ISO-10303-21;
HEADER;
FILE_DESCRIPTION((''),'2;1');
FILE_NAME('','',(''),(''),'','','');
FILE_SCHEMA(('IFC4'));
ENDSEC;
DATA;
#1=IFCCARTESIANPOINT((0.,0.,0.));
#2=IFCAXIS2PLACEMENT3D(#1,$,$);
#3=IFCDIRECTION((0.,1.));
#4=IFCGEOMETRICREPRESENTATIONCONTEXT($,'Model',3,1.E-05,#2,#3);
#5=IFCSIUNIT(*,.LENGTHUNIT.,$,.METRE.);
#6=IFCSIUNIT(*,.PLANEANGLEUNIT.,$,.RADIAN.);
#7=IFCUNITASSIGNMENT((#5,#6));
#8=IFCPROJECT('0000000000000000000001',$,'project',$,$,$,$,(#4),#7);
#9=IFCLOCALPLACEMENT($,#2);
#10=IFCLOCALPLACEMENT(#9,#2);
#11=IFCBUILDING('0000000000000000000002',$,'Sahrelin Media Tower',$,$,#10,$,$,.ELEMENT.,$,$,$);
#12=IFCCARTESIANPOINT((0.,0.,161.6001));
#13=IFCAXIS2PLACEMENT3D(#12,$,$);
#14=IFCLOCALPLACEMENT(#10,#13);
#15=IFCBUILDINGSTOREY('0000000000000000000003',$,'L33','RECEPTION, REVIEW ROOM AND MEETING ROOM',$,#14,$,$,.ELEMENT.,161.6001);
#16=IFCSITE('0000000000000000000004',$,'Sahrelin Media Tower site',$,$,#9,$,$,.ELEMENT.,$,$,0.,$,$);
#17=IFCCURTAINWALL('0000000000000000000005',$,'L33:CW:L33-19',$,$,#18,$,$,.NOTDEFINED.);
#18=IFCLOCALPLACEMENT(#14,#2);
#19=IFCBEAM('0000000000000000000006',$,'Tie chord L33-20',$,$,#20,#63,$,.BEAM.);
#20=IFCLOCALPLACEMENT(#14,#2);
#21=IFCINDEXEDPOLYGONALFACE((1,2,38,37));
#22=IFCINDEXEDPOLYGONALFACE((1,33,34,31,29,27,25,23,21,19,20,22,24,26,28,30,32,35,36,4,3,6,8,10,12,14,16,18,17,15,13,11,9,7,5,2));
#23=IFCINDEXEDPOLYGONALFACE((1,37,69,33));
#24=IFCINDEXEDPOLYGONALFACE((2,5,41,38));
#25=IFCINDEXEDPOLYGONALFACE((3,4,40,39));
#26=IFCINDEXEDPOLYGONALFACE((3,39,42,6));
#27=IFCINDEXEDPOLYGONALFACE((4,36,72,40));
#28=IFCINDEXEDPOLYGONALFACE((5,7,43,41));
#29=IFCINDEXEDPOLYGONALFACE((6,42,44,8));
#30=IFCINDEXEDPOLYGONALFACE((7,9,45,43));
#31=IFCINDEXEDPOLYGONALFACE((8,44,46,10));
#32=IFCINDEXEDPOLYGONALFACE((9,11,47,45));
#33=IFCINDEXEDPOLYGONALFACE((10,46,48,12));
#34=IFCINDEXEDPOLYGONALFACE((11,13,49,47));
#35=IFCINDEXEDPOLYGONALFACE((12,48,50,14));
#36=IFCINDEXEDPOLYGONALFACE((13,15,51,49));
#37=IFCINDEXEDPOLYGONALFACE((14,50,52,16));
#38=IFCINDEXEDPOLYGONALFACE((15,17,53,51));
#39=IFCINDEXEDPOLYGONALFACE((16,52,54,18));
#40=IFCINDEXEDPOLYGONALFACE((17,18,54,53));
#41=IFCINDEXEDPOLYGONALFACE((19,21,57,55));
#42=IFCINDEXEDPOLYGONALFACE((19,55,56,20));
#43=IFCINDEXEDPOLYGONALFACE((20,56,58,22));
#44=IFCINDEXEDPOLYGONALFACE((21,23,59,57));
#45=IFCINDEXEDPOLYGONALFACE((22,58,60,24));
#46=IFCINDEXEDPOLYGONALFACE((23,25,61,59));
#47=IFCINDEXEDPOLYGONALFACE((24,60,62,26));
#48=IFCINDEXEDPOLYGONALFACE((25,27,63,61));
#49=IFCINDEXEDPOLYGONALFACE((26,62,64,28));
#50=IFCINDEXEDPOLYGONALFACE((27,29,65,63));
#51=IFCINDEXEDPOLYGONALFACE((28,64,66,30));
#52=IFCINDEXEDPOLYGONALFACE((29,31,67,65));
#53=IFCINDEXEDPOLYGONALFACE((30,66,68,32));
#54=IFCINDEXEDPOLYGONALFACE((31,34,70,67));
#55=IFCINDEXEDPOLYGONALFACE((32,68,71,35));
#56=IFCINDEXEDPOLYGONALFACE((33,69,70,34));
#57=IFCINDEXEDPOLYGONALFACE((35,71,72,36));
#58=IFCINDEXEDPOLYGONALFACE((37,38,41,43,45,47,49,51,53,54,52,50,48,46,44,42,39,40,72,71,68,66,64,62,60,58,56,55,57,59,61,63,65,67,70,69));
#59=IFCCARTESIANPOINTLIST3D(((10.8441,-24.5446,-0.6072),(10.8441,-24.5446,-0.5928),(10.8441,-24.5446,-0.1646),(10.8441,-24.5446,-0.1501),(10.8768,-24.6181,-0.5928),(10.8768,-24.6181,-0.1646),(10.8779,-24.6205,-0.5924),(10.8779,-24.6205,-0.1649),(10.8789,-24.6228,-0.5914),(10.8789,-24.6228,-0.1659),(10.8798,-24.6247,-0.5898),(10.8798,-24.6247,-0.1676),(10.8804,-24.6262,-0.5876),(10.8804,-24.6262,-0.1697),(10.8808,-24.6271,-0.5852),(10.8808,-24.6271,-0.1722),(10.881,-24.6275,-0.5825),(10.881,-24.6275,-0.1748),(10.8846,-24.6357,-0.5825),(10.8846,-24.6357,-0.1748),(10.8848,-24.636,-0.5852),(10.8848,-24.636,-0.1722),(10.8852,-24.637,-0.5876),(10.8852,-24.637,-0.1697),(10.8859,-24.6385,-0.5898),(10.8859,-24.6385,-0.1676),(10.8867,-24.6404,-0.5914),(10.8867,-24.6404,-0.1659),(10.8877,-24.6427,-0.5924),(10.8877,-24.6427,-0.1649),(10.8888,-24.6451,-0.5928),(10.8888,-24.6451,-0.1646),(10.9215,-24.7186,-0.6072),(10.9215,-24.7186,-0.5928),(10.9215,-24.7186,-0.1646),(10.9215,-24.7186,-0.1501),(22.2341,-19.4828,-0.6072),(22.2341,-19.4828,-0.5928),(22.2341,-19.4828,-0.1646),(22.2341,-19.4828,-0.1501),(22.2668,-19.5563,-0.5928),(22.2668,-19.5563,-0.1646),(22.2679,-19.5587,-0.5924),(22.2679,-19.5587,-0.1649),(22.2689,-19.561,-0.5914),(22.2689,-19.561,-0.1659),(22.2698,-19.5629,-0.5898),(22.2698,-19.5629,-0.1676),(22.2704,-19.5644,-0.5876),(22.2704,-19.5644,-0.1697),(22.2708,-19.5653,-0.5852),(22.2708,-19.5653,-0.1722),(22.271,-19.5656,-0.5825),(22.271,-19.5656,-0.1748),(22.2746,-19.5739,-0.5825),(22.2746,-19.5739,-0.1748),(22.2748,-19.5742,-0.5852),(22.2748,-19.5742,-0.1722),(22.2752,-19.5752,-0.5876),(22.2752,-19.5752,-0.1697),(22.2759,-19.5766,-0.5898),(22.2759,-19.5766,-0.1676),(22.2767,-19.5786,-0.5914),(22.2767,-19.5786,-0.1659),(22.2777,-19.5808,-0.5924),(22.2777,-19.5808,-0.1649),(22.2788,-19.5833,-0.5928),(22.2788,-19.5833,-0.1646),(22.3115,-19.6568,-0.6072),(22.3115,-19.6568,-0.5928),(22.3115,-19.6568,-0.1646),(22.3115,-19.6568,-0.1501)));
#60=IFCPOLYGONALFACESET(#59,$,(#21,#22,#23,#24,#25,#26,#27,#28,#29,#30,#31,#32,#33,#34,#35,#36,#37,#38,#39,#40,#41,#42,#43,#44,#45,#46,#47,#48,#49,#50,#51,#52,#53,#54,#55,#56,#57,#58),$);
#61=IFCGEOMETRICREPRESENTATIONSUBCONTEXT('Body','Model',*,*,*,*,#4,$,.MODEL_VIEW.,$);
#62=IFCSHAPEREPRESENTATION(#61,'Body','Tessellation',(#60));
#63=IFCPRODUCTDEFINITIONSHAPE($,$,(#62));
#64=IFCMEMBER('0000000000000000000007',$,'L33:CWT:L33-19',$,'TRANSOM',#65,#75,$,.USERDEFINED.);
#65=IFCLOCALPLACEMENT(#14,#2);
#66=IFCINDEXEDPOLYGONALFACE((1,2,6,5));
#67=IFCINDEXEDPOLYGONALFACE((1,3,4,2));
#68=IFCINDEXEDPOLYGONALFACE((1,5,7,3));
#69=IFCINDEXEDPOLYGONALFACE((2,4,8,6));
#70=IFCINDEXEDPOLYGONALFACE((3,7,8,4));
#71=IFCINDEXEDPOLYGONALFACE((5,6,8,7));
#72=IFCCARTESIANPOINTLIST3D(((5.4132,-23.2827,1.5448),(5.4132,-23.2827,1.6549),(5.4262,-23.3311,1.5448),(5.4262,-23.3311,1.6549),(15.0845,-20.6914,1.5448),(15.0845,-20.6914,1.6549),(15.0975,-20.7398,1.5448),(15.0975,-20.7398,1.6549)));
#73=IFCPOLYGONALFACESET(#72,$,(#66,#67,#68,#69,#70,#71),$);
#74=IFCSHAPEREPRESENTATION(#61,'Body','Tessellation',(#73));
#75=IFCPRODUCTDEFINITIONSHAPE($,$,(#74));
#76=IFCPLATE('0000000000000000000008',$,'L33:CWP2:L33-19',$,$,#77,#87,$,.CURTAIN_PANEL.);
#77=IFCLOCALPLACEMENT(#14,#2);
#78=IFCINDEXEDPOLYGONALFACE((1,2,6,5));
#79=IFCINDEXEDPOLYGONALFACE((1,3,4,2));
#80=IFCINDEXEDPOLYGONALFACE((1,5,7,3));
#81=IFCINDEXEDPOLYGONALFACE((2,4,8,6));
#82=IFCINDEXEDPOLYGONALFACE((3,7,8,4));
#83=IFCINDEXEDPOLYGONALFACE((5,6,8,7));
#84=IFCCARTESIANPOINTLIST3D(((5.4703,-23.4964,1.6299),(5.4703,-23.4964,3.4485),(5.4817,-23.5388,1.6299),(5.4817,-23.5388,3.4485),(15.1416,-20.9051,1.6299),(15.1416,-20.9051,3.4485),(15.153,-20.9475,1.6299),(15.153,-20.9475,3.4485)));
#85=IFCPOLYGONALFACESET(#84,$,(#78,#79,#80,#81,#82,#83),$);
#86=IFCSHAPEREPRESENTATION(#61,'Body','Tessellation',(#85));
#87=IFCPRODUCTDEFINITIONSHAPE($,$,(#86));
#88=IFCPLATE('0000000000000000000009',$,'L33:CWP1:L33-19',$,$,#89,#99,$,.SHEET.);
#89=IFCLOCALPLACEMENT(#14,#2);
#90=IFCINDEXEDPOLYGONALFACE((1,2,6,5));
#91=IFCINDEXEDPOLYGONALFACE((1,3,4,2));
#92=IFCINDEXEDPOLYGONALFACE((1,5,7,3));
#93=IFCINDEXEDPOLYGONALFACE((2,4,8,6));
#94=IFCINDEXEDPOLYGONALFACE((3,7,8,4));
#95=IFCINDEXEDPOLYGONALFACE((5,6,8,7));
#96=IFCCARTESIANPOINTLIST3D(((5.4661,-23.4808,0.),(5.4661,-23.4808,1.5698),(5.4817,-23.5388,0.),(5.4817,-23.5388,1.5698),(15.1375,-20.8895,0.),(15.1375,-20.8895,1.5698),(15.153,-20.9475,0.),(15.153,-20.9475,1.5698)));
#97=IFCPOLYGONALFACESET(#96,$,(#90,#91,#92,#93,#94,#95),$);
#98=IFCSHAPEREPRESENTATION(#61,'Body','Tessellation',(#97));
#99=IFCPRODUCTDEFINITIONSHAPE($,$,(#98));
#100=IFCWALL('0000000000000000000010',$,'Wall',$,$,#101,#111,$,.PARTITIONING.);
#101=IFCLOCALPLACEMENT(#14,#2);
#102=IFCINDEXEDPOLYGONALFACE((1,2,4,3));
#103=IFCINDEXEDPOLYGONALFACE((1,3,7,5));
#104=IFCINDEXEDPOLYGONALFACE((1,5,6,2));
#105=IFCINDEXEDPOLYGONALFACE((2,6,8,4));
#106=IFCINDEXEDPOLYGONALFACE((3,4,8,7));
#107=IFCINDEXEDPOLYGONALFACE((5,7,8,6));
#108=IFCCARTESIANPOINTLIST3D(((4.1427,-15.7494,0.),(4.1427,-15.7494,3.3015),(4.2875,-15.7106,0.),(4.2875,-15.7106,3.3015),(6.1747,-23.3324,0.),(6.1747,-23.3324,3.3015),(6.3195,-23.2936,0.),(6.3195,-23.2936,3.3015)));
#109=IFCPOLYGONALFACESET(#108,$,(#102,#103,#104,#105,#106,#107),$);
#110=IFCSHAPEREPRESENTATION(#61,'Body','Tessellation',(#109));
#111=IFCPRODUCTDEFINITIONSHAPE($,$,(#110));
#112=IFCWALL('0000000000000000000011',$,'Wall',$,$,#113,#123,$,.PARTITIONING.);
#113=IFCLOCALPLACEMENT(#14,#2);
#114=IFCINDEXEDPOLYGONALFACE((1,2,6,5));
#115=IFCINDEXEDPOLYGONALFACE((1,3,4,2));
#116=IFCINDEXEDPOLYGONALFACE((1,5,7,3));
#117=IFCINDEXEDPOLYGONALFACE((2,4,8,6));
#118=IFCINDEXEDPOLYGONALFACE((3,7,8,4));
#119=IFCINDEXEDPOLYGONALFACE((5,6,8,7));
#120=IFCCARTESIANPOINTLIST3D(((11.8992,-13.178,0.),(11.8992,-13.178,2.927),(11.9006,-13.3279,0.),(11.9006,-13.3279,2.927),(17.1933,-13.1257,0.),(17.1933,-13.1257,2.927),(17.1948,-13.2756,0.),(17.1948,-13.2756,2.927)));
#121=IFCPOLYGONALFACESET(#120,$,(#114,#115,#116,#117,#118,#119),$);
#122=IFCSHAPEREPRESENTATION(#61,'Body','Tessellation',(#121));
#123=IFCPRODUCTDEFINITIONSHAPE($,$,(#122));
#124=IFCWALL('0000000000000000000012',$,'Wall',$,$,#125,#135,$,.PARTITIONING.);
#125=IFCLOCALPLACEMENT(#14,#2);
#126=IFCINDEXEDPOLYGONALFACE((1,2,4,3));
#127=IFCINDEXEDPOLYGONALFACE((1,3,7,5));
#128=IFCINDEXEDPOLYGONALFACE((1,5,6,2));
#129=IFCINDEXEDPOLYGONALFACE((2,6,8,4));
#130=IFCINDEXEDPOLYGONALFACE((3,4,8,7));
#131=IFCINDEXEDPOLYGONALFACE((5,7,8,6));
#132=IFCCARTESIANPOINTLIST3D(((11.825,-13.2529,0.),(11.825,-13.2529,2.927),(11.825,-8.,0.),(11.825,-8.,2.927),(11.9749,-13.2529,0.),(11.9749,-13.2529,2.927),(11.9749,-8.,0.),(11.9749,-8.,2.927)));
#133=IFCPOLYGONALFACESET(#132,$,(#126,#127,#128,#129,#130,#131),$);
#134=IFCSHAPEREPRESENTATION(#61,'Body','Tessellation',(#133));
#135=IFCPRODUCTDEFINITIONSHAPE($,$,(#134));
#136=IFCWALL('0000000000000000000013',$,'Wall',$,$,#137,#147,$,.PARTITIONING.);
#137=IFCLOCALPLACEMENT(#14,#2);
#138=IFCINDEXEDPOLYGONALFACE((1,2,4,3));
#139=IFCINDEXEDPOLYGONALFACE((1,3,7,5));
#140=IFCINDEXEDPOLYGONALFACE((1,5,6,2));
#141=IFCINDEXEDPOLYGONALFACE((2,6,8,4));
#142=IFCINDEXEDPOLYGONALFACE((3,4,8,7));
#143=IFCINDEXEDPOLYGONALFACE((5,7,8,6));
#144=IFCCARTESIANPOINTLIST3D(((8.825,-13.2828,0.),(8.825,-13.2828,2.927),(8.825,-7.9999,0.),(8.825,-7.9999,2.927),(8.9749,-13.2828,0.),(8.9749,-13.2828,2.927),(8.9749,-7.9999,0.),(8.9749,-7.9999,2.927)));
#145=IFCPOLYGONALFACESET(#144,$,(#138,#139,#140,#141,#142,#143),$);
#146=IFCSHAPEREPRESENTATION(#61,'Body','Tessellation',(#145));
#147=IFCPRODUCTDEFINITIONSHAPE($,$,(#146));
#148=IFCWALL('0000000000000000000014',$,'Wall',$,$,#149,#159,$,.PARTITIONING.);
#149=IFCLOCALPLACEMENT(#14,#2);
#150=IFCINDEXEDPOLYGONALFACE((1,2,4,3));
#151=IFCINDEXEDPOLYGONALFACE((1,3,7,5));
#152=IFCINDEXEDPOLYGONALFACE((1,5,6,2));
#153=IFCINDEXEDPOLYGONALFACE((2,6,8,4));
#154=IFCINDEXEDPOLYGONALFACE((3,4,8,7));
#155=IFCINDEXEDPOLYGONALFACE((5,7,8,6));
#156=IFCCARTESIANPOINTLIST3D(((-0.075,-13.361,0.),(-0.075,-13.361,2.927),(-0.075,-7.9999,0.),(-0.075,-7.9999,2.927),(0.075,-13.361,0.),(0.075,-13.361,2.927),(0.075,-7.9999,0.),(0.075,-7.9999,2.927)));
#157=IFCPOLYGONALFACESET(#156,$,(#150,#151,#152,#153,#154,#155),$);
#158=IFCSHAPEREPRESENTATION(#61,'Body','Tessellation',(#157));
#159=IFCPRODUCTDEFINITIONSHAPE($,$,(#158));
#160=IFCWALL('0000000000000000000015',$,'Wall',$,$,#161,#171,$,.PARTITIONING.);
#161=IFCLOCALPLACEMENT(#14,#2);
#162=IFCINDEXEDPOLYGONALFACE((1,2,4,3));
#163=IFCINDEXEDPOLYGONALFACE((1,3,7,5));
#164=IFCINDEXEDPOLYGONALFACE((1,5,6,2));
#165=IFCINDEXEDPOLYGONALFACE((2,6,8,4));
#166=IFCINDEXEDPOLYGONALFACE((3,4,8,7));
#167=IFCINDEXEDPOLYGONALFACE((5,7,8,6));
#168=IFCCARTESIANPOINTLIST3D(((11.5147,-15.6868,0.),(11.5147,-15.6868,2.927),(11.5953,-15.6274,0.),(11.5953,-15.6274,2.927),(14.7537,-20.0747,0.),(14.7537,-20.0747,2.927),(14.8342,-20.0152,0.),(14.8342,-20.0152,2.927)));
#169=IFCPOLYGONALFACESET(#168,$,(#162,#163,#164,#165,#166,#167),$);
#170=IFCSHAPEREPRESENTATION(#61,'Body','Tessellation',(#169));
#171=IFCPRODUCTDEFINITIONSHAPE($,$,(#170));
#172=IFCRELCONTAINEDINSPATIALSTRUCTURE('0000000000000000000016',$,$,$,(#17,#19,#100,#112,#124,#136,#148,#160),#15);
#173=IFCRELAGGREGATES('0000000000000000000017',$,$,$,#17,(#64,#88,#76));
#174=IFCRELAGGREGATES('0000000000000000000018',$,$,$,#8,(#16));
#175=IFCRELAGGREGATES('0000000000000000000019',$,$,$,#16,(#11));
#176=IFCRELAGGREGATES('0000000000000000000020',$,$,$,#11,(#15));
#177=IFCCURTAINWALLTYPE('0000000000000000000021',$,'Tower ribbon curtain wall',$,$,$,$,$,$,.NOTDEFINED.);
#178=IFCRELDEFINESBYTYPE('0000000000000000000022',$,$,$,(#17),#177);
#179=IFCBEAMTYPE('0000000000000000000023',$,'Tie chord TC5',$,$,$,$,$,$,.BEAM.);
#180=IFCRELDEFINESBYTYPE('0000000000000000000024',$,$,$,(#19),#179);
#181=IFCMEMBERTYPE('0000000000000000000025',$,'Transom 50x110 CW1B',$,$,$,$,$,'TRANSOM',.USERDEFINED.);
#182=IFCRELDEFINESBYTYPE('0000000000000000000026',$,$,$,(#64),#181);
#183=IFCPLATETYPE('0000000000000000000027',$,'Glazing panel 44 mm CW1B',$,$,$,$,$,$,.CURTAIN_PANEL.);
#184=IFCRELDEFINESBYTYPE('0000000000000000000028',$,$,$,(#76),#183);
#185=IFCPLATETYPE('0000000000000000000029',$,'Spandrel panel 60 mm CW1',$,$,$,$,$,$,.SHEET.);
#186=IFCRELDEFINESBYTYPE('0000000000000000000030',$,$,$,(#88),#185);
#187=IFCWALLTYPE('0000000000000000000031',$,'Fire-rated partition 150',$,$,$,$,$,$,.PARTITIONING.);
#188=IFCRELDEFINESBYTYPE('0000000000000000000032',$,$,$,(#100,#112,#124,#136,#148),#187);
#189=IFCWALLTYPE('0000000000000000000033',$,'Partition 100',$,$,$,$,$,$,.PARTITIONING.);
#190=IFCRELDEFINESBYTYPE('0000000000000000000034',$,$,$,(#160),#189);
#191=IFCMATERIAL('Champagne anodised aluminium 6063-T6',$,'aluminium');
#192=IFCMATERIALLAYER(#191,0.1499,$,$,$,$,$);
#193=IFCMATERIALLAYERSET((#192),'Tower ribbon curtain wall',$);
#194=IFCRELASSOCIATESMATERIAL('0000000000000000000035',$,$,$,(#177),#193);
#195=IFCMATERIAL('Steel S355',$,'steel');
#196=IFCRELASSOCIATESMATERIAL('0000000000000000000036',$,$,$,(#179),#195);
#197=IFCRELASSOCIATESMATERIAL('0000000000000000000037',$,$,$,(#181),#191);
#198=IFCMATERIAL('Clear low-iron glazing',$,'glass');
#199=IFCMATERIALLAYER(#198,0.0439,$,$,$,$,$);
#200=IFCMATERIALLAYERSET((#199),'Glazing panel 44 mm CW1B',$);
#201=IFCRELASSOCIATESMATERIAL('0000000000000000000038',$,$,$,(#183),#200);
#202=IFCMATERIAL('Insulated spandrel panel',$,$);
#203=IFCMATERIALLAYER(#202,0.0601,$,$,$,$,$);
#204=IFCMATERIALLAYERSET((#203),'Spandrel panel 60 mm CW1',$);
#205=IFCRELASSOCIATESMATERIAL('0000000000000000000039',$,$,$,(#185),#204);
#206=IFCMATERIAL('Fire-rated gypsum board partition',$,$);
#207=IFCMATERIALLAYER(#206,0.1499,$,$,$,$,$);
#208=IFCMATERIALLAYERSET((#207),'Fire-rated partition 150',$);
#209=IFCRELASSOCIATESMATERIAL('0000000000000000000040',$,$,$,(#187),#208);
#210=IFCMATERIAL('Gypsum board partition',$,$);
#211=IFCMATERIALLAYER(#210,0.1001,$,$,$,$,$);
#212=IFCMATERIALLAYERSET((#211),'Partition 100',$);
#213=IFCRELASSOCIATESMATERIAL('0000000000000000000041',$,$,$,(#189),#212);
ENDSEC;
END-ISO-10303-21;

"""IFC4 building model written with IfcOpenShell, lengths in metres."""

from ifc_helpers import new_model, si_unit, direction, frame, frame_2d, origin, origin_2d, place, context, subcontext, project, spatial, polyline, rectangle, i_section, outline, extrude, material, layer, layer_set, material_profile, profile_set, type_object, element, aggregate, save


model = new_model("IFC4")

# Units and contexts
model_context = context("Model", 3, precision=1e-05, world=origin(), true_north=direction((0.0, 1.0)))
body_context = subcontext(model_context, "Body", "Model", "MODEL_VIEW")
ifc_project = project(units=[si_unit("LENGTHUNIT", "METRE"), si_unit("PLANEANGLEUNIT", "RADIAN")], contexts=[model_context])

# Site, building, storey
site_placement = place(None, origin())
site = spatial("IfcSite", under=ifc_project, at=site_placement, Name="Sahrelin Media Tower site", CompositionType="ELEMENT", RefElevation=0.0)
building_placement = place(site_placement, origin())
building = spatial("IfcBuilding", under=site, at=building_placement, Name="Sahrelin Media Tower", CompositionType="ELEMENT")
storey_placement = place(building_placement, frame((0.0, 0.0, 161.6001)))
storey = spatial("IfcBuildingStorey", under=building, at=storey_placement, Name="L33", Description="RECEPTION, REVIEW ROOM AND MEETING ROOM", CompositionType="ELEMENT", Elevation=161.6001)

# Shared definitions
ifc_material_1 = material(Name="Steel S355", Category="steel")

# Curtain wall
ifc_material_2 = material(Name="Champagne anodised aluminium 6063-T6", Category="aluminium")
ifc_layer_1 = layer(ifc_material_2, 0.1499)
ifc_layer_set_1 = layer_set([ifc_layer_1], Name="Tower ribbon curtain wall")
curtain_wall_type = type_object("IfcCurtainWallType", Name="Tower ribbon curtain wall", PredefinedType="NOTDEFINED", material=ifc_layer_set_1)
curtain_wall_1_placement = place(storey_placement, frame((10.3123, -22.2236, 0.0), z_axis=(0.0, 0.0, 1.0), x_axis=(1.0, 0.0, 0.0)))
curtain_wall_1 = element("IfcCurtainWall", 1, at=curtain_wall_1_placement, inside=storey, type_object=curtain_wall_type, Name="L33:CW:L33-19", PredefinedType="NOTDEFINED")

# Beam
ifc_material_profile_1 = material_profile(ifc_material_1, i_section(OverallWidth=0.1904, OverallDepth=0.457, WebThickness=0.009, FlangeThickness=0.0144, FilletRadius=0.0103, at=origin_2d()), Name="UB 457x191x74")
ifc_profile_set_1 = profile_set([ifc_material_profile_1], Name="Steel S355")
beam_type_1 = type_object("IfcBeamType", Name="Tie chord TC5", PredefinedType="BEAM", material=ifc_profile_set_1)
beam_1_placement = place(storey_placement, frame((10.8828, -24.6316, -0.3787), z_axis=(0.913824, 0.406111, 0.0), x_axis=(-0.406111, 0.913824, 0.0)))
element("IfcBeam", 2, at=beam_1_placement, inside=storey, type_object=beam_type_1, Name="Tie chord L33-20", PredefinedType="BEAM", context=body_context, shape_type="SweptSolid", body=[
    extrude(i_section(OverallWidth=0.1904, OverallDepth=0.457, WebThickness=0.009, FlangeThickness=0.0144, FilletRadius=0.0103, at=origin_2d()), origin(), (0.0, 0.0, 1.0), 12.4641),
])

# Member
ifc_material_profile_2 = material_profile(ifc_material_2, rectangle(XDim=0.05, YDim=0.1101, at=origin_2d()), Name="Transom 50x110")
ifc_profile_set_2 = profile_set([ifc_material_profile_2], Name="Champagne anodised aluminium 6063-T6")
member_type_1 = type_object("IfcMemberType", Name="Transom 50x110 CW1B", ElementType="TRANSOM", PredefinedType="USERDEFINED", material=ifc_profile_set_2)
member_1_placement = place(storey_placement, frame((5.4197, -23.3069, 1.5999), z_axis=(0.965929, 0.258807, 0.0), x_axis=(-0.258807, 0.965929, 0.0)))
member_1 = element("IfcMember", 3, at=member_1_placement, type_object=member_type_1, Name="L33:CWT:L33-19", ObjectType="TRANSOM", PredefinedType="USERDEFINED", context=body_context, shape_type="SweptSolid", body=[
    extrude(rectangle(XDim=0.05, YDim=0.1101, at=origin_2d()), origin(), (0.0, 0.0, 1.0), 10.0125),
])

# Plates
ifc_material_3 = material(Name="Clear low-iron glazing", Category="glass")
ifc_layer_2 = layer(ifc_material_3, 0.0439)
ifc_layer_set_2 = layer_set([ifc_layer_2], Name="Glazing panel 44 mm CW1B")
plate_type_1 = type_object("IfcPlateType", Name="Glazing panel 44 mm CW1B", PredefinedType="CURTAIN_PANEL", material=ifc_layer_set_2)
plate_1_placement = place(storey_placement, frame((5.4817, -23.5388, 1.6299), z_axis=(0.258807, -0.965929, 0.0), x_axis=(0.965929, 0.258807, 0.0)))
plate_1 = element("IfcPlate", 4, at=plate_1_placement, type_object=plate_type_1, Name="L33:CWP2:L33-19", PredefinedType="CURTAIN_PANEL", context=body_context, shape_type="SweptSolid", body=[
    extrude(outline(polyline([(0.0, 0.0), (10.0125, 0.0), (10.0125, 1.8186), (0.0, 1.8186), (0.0, 0.0)])), origin(), (0.0, 0.0, -1.0), 0.0439),
])
ifc_material_4 = material(Name="Insulated spandrel panel")
ifc_layer_3 = layer(ifc_material_4, 0.0601)
ifc_layer_set_3 = layer_set([ifc_layer_3], Name="Spandrel panel 60 mm CW1")
plate_type_2 = type_object("IfcPlateType", Name="Spandrel panel 60 mm CW1", PredefinedType="SHEET", material=ifc_layer_set_3)
plate_2_placement = place(storey_placement, frame((5.4817, -23.5388, 0.0), z_axis=(0.258807, -0.965929, 0.0), x_axis=(0.965929, 0.258807, 0.0)))
plate_2 = element("IfcPlate", 5, at=plate_2_placement, type_object=plate_type_2, Name="L33:CWP1:L33-19", PredefinedType="SHEET", context=body_context, shape_type="SweptSolid", body=[
    extrude(outline(polyline([(0.0, 0.0), (10.0125, 0.0), (10.0125, 1.5698), (0.0, 1.5698), (0.0, 0.0)])), origin(), (0.0, 0.0, -1.0), 0.0601),
])
aggregate(curtain_wall_1, [member_1, plate_2, plate_1])

# Walls
ifc_material_5 = material(Name="Fire-rated gypsum board partition")
ifc_layer_4 = layer(ifc_material_5, 0.1499)
ifc_layer_set_4 = layer_set([ifc_layer_4], Name="Fire-rated partition 150")
wall_type_1 = type_object("IfcWallType", Name="Fire-rated partition 150", PredefinedType="PARTITIONING", material=ifc_layer_set_4)
wall_1_placement = place(storey_placement, frame((4.2151, -15.73, 0.0), z_axis=(0.0, 0.0, 1.0), x_axis=(0.258833, -0.965922, 0.0)))
element("IfcWall", 6, at=wall_1_placement, inside=storey, type_object=wall_type_1, Name="Wall", PredefinedType="PARTITIONING", context=body_context, shape_type="SweptSolid", body=[
    extrude(rectangle(XDim=7.8506, YDim=0.1499, at=frame_2d((3.9253, 0.0))), origin(), (0.0, 0.0, 1.0), 3.3015),
])
wall_2_placement = place(storey_placement, frame((11.8999, -13.2529, 0.0), z_axis=(0.0, 0.0, 1.0), x_axis=(0.999951, 0.009868, 0.0)))
element("IfcWall", 7, at=wall_2_placement, inside=storey, type_object=wall_type_1, Name="Wall", PredefinedType="PARTITIONING", context=body_context, shape_type="SweptSolid", body=[
    extrude(rectangle(XDim=5.2944, YDim=0.1499, at=frame_2d((2.6472, 0.0))), origin(), (0.0, 0.0, 1.0), 2.927),
])
wall_3_placement = place(storey_placement, frame((11.8999, -13.2529, 0.0), z_axis=(0.0, 0.0, 1.0), x_axis=(0.0, 1.0, 0.0)))
element("IfcWall", 8, at=wall_3_placement, inside=storey, type_object=wall_type_1, Name="Wall", PredefinedType="PARTITIONING", context=body_context, shape_type="SweptSolid", body=[
    extrude(rectangle(XDim=5.2529, YDim=0.1499, at=frame_2d((2.6265, 0.0))), origin(), (0.0, 0.0, 1.0), 2.927),
])
wall_4_placement = place(storey_placement, frame((8.8999, -13.283, 0.0), z_axis=(0.0, 0.0, 1.0), x_axis=(0.0, 1.0, 0.0)))
element("IfcWall", 9, at=wall_4_placement, inside=storey, type_object=wall_type_1, Name="Wall", PredefinedType="PARTITIONING", context=body_context, shape_type="SweptSolid", body=[
    extrude(rectangle(XDim=5.283, YDim=0.1499, at=frame_2d((2.6416, 0.0))), origin(), (0.0, 0.0, 1.0), 2.927),
])
wall_5_placement = place(storey_placement, frame((0.0, -13.3611, 0.0), z_axis=(0.0, 0.0, 1.0), x_axis=(0.0, 1.0, 0.0)))
element("IfcWall", 10, at=wall_5_placement, inside=storey, type_object=wall_type_1, Name="Wall", PredefinedType="PARTITIONING", context=body_context, shape_type="SweptSolid", body=[
    extrude(rectangle(XDim=5.3611, YDim=0.1499, at=frame_2d((2.6807, 0.0))), origin(), (0.0, 0.0, 1.0), 2.927),
])
ifc_material_6 = material(Name="Gypsum board partition")
ifc_layer_5 = layer(ifc_material_6, 0.1001)
ifc_layer_set_5 = layer_set([ifc_layer_5], Name="Partition 100")
wall_type_2 = type_object("IfcWallType", Name="Partition 100", PredefinedType="PARTITIONING", material=ifc_layer_set_5)
wall_6_placement = place(storey_placement, frame((11.5549, -15.657, 0.0), z_axis=(0.0, 0.0, 1.0), x_axis=(0.593887, -0.804548, 0.0)))
element("IfcWall", 11, at=wall_6_placement, inside=storey, type_object=wall_type_2, Name="Wall", PredefinedType="PARTITIONING", context=body_context, shape_type="SweptSolid", body=[
    extrude(rectangle(XDim=5.4539, YDim=0.1001, at=frame_2d((2.7271, 0.0))), origin(), (0.0, 0.0, 1.0), 2.927),
])

save(model, "model.ifc")
